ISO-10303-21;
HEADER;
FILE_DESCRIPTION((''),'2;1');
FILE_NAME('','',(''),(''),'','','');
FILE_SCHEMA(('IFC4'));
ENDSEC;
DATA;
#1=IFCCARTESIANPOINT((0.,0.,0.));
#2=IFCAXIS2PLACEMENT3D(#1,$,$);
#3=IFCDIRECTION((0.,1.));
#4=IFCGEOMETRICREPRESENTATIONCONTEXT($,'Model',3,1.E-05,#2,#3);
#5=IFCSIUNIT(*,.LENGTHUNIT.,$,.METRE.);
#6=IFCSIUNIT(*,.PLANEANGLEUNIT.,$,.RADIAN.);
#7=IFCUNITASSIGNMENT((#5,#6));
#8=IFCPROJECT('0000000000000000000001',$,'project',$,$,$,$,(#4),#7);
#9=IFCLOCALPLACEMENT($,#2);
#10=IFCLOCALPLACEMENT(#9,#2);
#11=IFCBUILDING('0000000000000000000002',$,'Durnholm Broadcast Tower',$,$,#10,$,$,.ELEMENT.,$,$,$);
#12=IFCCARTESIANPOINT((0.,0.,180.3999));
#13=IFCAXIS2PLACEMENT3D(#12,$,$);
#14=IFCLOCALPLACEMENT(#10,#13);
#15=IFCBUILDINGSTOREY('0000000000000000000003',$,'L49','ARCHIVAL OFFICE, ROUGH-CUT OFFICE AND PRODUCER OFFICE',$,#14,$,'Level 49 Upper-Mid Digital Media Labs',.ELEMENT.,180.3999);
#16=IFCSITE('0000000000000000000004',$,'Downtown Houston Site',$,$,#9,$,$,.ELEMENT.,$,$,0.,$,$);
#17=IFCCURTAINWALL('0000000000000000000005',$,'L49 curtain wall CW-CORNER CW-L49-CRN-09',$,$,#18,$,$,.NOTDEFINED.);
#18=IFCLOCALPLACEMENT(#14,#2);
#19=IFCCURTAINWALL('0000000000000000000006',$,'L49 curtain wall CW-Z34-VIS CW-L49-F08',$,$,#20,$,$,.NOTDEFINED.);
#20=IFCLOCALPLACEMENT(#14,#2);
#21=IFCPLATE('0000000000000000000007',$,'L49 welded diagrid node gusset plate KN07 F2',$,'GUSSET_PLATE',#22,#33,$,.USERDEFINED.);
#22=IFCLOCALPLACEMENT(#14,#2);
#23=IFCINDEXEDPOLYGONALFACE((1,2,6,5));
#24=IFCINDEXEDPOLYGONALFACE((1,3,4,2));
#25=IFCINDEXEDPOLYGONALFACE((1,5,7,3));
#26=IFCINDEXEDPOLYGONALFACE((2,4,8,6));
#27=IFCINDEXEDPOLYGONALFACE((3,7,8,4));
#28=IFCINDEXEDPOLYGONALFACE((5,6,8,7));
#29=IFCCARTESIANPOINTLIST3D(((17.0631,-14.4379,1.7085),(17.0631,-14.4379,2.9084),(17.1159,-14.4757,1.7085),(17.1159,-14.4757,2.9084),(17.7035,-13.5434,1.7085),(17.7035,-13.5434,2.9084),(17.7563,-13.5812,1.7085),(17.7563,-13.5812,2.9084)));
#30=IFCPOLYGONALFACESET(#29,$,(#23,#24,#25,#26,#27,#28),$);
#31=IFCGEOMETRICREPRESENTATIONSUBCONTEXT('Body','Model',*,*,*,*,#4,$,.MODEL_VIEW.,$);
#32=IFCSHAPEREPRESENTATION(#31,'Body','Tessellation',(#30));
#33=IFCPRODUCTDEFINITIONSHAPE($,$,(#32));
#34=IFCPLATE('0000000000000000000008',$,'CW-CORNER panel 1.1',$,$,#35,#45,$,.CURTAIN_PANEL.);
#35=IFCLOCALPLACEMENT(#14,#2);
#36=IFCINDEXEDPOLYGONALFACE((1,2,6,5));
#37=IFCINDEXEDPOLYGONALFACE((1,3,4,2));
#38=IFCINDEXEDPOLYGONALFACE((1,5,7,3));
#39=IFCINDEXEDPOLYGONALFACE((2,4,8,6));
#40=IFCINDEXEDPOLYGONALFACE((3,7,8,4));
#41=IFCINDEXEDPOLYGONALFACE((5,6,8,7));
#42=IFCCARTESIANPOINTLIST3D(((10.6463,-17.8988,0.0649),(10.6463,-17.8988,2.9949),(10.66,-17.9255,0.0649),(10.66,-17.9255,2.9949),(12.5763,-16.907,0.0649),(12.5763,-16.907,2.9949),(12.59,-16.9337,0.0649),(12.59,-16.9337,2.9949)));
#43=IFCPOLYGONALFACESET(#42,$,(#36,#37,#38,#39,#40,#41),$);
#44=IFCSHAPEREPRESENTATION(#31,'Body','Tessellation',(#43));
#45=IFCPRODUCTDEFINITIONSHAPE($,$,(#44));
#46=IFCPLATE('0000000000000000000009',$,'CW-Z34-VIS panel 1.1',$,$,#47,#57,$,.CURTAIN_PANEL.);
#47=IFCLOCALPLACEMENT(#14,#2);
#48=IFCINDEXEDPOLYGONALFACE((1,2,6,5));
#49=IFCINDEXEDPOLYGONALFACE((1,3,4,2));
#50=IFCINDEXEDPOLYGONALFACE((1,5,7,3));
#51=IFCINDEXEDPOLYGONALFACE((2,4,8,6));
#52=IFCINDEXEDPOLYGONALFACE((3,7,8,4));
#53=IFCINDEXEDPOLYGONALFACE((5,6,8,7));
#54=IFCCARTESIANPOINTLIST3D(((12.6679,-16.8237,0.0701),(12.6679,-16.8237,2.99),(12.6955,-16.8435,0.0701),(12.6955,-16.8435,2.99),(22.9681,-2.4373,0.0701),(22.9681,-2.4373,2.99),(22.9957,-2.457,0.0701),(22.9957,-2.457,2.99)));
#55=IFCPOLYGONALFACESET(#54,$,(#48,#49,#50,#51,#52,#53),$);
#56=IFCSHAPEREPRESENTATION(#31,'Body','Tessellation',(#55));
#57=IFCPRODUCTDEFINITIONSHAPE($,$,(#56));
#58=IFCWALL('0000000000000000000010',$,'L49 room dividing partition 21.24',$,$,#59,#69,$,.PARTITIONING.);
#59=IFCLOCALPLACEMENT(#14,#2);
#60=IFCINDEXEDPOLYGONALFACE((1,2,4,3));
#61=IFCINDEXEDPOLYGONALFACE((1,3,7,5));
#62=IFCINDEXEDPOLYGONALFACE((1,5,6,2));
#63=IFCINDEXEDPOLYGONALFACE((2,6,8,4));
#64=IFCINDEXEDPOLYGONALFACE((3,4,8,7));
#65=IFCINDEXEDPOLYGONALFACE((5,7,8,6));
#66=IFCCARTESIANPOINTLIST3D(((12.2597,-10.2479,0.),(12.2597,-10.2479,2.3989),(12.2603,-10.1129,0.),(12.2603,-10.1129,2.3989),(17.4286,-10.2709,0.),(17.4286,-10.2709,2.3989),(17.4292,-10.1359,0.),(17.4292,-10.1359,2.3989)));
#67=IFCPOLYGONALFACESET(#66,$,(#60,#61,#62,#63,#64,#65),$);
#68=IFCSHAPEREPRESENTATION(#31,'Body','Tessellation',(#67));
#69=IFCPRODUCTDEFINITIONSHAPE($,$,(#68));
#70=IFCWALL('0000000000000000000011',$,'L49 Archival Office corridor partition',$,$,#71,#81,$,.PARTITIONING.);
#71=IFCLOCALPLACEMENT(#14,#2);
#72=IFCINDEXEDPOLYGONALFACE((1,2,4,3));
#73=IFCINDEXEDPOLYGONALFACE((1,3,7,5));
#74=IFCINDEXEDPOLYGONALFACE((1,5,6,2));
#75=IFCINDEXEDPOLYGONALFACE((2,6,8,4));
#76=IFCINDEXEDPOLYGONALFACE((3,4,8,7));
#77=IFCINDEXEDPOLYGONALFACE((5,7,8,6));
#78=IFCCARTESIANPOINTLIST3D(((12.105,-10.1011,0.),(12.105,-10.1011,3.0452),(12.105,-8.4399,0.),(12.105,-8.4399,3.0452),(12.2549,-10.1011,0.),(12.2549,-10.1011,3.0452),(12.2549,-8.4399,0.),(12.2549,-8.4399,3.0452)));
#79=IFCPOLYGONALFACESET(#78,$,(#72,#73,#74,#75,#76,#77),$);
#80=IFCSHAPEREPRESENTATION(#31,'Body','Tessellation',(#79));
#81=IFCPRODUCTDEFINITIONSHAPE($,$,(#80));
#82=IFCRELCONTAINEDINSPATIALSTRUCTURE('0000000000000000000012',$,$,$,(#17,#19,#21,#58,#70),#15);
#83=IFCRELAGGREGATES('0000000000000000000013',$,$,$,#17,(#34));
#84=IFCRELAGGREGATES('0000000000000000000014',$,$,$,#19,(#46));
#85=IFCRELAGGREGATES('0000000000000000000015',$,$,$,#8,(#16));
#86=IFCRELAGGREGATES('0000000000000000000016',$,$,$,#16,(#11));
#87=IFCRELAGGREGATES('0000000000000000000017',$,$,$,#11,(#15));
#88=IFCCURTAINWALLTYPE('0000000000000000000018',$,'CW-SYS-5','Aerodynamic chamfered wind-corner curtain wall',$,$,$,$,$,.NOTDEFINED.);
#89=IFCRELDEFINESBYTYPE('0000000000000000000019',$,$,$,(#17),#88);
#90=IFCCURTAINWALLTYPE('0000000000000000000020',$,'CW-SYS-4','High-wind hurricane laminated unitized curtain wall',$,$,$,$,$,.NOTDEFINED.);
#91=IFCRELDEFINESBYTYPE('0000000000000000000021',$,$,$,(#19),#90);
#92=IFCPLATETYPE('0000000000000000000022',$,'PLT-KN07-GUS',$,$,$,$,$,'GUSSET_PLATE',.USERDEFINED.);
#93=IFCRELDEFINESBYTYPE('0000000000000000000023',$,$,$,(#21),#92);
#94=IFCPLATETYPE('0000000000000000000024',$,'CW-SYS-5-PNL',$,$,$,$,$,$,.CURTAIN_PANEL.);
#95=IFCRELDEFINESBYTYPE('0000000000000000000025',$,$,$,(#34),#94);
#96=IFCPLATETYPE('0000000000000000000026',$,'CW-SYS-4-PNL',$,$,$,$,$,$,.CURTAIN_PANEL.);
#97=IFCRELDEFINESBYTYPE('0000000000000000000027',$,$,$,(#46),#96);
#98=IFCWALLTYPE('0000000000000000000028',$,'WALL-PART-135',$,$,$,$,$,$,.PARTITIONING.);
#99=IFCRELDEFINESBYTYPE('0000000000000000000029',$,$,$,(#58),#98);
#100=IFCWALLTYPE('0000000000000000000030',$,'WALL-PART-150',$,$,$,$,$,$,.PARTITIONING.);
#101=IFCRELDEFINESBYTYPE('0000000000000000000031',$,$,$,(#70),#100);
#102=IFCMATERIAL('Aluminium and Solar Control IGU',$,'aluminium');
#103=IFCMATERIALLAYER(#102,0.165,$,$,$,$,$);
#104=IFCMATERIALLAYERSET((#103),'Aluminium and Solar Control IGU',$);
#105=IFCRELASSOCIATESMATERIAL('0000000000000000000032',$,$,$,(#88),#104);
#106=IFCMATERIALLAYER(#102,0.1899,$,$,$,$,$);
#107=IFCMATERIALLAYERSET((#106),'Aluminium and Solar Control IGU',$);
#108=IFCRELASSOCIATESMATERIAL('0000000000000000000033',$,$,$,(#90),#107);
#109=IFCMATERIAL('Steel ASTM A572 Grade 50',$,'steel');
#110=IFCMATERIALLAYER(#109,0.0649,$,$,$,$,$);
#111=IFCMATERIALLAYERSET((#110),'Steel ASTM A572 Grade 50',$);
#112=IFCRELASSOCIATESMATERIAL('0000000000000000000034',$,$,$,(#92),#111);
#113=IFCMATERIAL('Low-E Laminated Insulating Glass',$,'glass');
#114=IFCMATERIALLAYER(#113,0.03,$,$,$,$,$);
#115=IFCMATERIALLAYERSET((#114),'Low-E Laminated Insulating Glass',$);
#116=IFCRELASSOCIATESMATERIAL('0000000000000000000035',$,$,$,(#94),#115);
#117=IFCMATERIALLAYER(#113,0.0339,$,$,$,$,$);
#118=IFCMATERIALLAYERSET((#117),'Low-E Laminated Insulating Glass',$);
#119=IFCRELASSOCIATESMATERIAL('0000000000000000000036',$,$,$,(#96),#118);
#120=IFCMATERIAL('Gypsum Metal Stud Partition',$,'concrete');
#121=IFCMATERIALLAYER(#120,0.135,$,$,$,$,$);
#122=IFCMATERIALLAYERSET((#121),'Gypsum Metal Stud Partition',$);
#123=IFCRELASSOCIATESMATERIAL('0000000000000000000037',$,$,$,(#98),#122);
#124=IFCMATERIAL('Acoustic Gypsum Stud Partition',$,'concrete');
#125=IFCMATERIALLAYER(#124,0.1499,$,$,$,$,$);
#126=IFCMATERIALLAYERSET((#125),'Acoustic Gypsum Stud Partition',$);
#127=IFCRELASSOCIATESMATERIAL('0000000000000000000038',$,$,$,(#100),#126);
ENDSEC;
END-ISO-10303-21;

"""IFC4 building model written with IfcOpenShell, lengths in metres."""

from ifc_helpers import new_model, si_unit, direction, frame, frame_2d, origin, origin_2d, place, context, subcontext, project, spatial, rectangle, extrude, source, transform, mapped, material, layer, layer_set, type_object, type_shapes, element, aggregate, save


model = new_model("IFC4")

# Units and contexts
model_context = context("Model", 3, precision=1e-05, world=origin(), true_north=direction((0.0, 1.0)))
body_context = subcontext(model_context, "Body", "Model", "MODEL_VIEW")
ifc_project = project(units=[si_unit("LENGTHUNIT", "METRE"), si_unit("PLANEANGLEUNIT", "RADIAN")], contexts=[model_context])

# Site, building, storey
site_placement = place(None, origin())
site = spatial("IfcSite", under=ifc_project, at=site_placement, Name="Downtown Houston Site", CompositionType="ELEMENT", RefElevation=0.0)
building_placement = place(site_placement, origin())
building = spatial("IfcBuilding", under=site, at=building_placement, Name="Durnholm Broadcast Tower", CompositionType="ELEMENT")
storey_placement = place(building_placement, frame((0.0, 0.0, 180.3999)))
storey = spatial("IfcBuildingStorey", under=building, at=storey_placement, Name="L49", Description="ARCHIVAL OFFICE, ROUGH-CUT OFFICE AND PRODUCER OFFICE", LongName="Level 49 Upper-Mid Digital Media Labs", CompositionType="ELEMENT", Elevation=180.3999)

# Curtain wall
ifc_material_1 = material(Name="Aluminium and Solar Control IGU", Category="aluminium")
ifc_layer_1 = layer(ifc_material_1, 0.165)
ifc_layer_set_1 = layer_set([ifc_layer_1], Name="Aluminium and Solar Control IGU")
curtain_wall_type_1 = type_object("IfcCurtainWallType", Name="CW-SYS-5", Description="Aerodynamic chamfered wind-corner curtain wall", PredefinedType="NOTDEFINED", material=ifc_layer_set_1)
curtain_wall_1_placement = place(storey_placement, origin())
curtain_wall_1 = element("IfcCurtainWall", 1, at=curtain_wall_1_placement, inside=storey, type_object=curtain_wall_type_1, Name="L49 curtain wall CW-CORNER CW-L49-CRN-09", PredefinedType="NOTDEFINED")

# Curtain wall
ifc_layer_2 = layer(ifc_material_1, 0.1899)
ifc_layer_set_2 = layer_set([ifc_layer_2], Name="Aluminium and Solar Control IGU")
curtain_wall_type_2 = type_object("IfcCurtainWallType", Name="CW-SYS-4", Description="High-wind hurricane laminated unitized curtain wall", PredefinedType="NOTDEFINED", material=ifc_layer_set_2)
curtain_wall_2_placement = place(storey_placement, origin())
curtain_wall_2 = element("IfcCurtainWall", 2, at=curtain_wall_2_placement, inside=storey, type_object=curtain_wall_type_2, Name="L49 curtain wall CW-Z34-VIS CW-L49-F08", PredefinedType="NOTDEFINED")

# Plate
ifc_material_2 = material(Name="Steel ASTM A572 Grade 50", Category="steel")
ifc_layer_3 = layer(ifc_material_2, 0.0649)
ifc_layer_set_3 = layer_set([ifc_layer_3], Name="Steel ASTM A572 Grade 50")
plate_type_1 = type_object("IfcPlateType", Name="PLT-KN07-GUS", ElementType="GUSSET_PLATE", PredefinedType="USERDEFINED", material=ifc_layer_set_3)
shared_shape_1 = source(origin(), body_context, "Body", "SweptSolid", [
    extrude(rectangle(XDim=1.1001, YDim=0.0649, at=origin_2d()), origin(), (0.0, 0.0, 1.0), 1.2),
])
type_shapes(plate_type_1, [shared_shape_1])
plate_1_placement = place(storey_placement, frame((17.4097, -14.0095, 1.7085), z_axis=(0.0, 0.0, 1.0), x_axis=(0.582123, 0.813101, 0.0)))
element("IfcPlate", 3, at=plate_1_placement, inside=storey, type_object=plate_type_1, Name="L49 welded diagrid node gusset plate KN07 F2", ObjectType="GUSSET_PLATE", PredefinedType="USERDEFINED", context=body_context, shape_type="MappedRepresentation", body=[
    mapped(shared_shape_1, transform((0.0, 0.0, 0.0), x_axis=(1.0, 0.0, 0.0), y_axis=(0.0, 1.0, 0.0), z_axis=(0.0, 0.0, 1.0), scale=1.0)),
])

# Plates
ifc_material_3 = material(Name="Low-E Laminated Insulating Glass", Category="glass")
ifc_layer_4 = layer(ifc_material_3, 0.03)
ifc_layer_set_4 = layer_set([ifc_layer_4], Name="Low-E Laminated Insulating Glass")
plate_type_2 = type_object("IfcPlateType", Name="CW-SYS-5-PNL", PredefinedType="CURTAIN_PANEL", material=ifc_layer_set_4)
shared_shape_2 = source(origin(), body_context, "Body", "SweptSolid", [
    extrude(rectangle(XDim=2.1699, YDim=0.03, at=origin_2d()), origin(), (0.0, 0.0, 1.0), 2.9299),
])
type_shapes(plate_type_2, [shared_shape_2])
plate_2_placement = place(storey_placement, frame((11.6182, -17.4163, 0.0649), z_axis=(0.0, 0.0, 1.0), x_axis=(-0.889425, -0.457082, 0.0)))
plate_2 = element("IfcPlate", 4, at=plate_2_placement, type_object=plate_type_2, Name="CW-CORNER panel 1.1", PredefinedType="CURTAIN_PANEL", context=body_context, shape_type="MappedRepresentation", body=[
    mapped(shared_shape_2, transform((0.0, 0.0, 0.0), x_axis=(1.0, 0.0, 0.0), y_axis=(0.0, 1.0, 0.0), z_axis=(0.0, 0.0, 1.0), scale=1.0)),
])
aggregate(curtain_wall_1, [plate_2])
ifc_layer_5 = layer(ifc_material_3, 0.0339)
ifc_layer_set_5 = layer_set([ifc_layer_5], Name="Low-E Laminated Insulating Glass")
plate_type_3 = type_object("IfcPlateType", Name="CW-SYS-4-PNL", PredefinedType="CURTAIN_PANEL", material=ifc_layer_set_5)
shared_shape_3 = source(origin(), body_context, "Body", "SweptSolid", [
    extrude(rectangle(XDim=17.6936, YDim=0.0339, at=origin_2d()), origin(), (0.0, 0.0, 1.0), 2.9199),
])
type_shapes(plate_type_3, [shared_shape_3])
plate_3_placement = place(storey_placement, frame((17.8318, -9.6404, 0.0701), z_axis=(0.0, 0.0, 1.0), x_axis=(-0.582139, -0.813089, 0.0)))
plate_3 = element("IfcPlate", 5, at=plate_3_placement, type_object=plate_type_3, Name="CW-Z34-VIS panel 1.1", PredefinedType="CURTAIN_PANEL", context=body_context, shape_type="MappedRepresentation", body=[
    mapped(shared_shape_3, transform((0.0, 0.0, 0.0), x_axis=(1.0, 0.0, 0.0), y_axis=(0.0, 1.0, 0.0), z_axis=(0.0, 0.0, 1.0), scale=1.0)),
])
aggregate(curtain_wall_2, [plate_3])

# Walls
ifc_material_4 = material(Name="Gypsum Metal Stud Partition", Category="concrete")
ifc_layer_6 = layer(ifc_material_4, 0.135)
ifc_layer_set_6 = layer_set([ifc_layer_6], Name="Gypsum Metal Stud Partition")
wall_type_1 = type_object("IfcWallType", Name="WALL-PART-135", PredefinedType="PARTITIONING", material=ifc_layer_set_6)
wall_1_placement = place(storey_placement, frame((12.26, -10.1804, 0.0), z_axis=(0.0, 0.0, 1.0), x_axis=(0.99999, -0.00444, 0.0)))
element("IfcWall", 6, at=wall_1_placement, inside=storey, type_object=wall_type_1, Name="L49 room dividing partition 21.24", PredefinedType="PARTITIONING", context=body_context, shape_type="SweptSolid", body=[
    extrude(rectangle(XDim=5.1689, YDim=0.135, at=frame_2d((2.5845, 0.0))), origin(), (0.0, 0.0, 1.0), 2.3989),
])
ifc_material_5 = material(Name="Acoustic Gypsum Stud Partition", Category="concrete")
ifc_layer_7 = layer(ifc_material_5, 0.1499)
ifc_layer_set_7 = layer_set([ifc_layer_7], Name="Acoustic Gypsum Stud Partition")
wall_type_2 = type_object("IfcWallType", Name="WALL-PART-150", PredefinedType="PARTITIONING", material=ifc_layer_set_7)
wall_2_placement = place(storey_placement, frame((12.1799, -10.1011, 0.0), z_axis=(0.0, 0.0, 1.0), x_axis=(0.0, 1.0, 0.0)))
element("IfcWall", 7, at=wall_2_placement, inside=storey, type_object=wall_type_2, Name="L49 Archival Office corridor partition", PredefinedType="PARTITIONING", context=body_context, shape_type="SweptSolid", body=[
    extrude(rectangle(XDim=1.6611, YDim=0.1499, at=frame_2d((0.8306, 0.0))), origin(), (0.0, 0.0, 1.0), 3.0452),
])

save(model, "model.ifc")
